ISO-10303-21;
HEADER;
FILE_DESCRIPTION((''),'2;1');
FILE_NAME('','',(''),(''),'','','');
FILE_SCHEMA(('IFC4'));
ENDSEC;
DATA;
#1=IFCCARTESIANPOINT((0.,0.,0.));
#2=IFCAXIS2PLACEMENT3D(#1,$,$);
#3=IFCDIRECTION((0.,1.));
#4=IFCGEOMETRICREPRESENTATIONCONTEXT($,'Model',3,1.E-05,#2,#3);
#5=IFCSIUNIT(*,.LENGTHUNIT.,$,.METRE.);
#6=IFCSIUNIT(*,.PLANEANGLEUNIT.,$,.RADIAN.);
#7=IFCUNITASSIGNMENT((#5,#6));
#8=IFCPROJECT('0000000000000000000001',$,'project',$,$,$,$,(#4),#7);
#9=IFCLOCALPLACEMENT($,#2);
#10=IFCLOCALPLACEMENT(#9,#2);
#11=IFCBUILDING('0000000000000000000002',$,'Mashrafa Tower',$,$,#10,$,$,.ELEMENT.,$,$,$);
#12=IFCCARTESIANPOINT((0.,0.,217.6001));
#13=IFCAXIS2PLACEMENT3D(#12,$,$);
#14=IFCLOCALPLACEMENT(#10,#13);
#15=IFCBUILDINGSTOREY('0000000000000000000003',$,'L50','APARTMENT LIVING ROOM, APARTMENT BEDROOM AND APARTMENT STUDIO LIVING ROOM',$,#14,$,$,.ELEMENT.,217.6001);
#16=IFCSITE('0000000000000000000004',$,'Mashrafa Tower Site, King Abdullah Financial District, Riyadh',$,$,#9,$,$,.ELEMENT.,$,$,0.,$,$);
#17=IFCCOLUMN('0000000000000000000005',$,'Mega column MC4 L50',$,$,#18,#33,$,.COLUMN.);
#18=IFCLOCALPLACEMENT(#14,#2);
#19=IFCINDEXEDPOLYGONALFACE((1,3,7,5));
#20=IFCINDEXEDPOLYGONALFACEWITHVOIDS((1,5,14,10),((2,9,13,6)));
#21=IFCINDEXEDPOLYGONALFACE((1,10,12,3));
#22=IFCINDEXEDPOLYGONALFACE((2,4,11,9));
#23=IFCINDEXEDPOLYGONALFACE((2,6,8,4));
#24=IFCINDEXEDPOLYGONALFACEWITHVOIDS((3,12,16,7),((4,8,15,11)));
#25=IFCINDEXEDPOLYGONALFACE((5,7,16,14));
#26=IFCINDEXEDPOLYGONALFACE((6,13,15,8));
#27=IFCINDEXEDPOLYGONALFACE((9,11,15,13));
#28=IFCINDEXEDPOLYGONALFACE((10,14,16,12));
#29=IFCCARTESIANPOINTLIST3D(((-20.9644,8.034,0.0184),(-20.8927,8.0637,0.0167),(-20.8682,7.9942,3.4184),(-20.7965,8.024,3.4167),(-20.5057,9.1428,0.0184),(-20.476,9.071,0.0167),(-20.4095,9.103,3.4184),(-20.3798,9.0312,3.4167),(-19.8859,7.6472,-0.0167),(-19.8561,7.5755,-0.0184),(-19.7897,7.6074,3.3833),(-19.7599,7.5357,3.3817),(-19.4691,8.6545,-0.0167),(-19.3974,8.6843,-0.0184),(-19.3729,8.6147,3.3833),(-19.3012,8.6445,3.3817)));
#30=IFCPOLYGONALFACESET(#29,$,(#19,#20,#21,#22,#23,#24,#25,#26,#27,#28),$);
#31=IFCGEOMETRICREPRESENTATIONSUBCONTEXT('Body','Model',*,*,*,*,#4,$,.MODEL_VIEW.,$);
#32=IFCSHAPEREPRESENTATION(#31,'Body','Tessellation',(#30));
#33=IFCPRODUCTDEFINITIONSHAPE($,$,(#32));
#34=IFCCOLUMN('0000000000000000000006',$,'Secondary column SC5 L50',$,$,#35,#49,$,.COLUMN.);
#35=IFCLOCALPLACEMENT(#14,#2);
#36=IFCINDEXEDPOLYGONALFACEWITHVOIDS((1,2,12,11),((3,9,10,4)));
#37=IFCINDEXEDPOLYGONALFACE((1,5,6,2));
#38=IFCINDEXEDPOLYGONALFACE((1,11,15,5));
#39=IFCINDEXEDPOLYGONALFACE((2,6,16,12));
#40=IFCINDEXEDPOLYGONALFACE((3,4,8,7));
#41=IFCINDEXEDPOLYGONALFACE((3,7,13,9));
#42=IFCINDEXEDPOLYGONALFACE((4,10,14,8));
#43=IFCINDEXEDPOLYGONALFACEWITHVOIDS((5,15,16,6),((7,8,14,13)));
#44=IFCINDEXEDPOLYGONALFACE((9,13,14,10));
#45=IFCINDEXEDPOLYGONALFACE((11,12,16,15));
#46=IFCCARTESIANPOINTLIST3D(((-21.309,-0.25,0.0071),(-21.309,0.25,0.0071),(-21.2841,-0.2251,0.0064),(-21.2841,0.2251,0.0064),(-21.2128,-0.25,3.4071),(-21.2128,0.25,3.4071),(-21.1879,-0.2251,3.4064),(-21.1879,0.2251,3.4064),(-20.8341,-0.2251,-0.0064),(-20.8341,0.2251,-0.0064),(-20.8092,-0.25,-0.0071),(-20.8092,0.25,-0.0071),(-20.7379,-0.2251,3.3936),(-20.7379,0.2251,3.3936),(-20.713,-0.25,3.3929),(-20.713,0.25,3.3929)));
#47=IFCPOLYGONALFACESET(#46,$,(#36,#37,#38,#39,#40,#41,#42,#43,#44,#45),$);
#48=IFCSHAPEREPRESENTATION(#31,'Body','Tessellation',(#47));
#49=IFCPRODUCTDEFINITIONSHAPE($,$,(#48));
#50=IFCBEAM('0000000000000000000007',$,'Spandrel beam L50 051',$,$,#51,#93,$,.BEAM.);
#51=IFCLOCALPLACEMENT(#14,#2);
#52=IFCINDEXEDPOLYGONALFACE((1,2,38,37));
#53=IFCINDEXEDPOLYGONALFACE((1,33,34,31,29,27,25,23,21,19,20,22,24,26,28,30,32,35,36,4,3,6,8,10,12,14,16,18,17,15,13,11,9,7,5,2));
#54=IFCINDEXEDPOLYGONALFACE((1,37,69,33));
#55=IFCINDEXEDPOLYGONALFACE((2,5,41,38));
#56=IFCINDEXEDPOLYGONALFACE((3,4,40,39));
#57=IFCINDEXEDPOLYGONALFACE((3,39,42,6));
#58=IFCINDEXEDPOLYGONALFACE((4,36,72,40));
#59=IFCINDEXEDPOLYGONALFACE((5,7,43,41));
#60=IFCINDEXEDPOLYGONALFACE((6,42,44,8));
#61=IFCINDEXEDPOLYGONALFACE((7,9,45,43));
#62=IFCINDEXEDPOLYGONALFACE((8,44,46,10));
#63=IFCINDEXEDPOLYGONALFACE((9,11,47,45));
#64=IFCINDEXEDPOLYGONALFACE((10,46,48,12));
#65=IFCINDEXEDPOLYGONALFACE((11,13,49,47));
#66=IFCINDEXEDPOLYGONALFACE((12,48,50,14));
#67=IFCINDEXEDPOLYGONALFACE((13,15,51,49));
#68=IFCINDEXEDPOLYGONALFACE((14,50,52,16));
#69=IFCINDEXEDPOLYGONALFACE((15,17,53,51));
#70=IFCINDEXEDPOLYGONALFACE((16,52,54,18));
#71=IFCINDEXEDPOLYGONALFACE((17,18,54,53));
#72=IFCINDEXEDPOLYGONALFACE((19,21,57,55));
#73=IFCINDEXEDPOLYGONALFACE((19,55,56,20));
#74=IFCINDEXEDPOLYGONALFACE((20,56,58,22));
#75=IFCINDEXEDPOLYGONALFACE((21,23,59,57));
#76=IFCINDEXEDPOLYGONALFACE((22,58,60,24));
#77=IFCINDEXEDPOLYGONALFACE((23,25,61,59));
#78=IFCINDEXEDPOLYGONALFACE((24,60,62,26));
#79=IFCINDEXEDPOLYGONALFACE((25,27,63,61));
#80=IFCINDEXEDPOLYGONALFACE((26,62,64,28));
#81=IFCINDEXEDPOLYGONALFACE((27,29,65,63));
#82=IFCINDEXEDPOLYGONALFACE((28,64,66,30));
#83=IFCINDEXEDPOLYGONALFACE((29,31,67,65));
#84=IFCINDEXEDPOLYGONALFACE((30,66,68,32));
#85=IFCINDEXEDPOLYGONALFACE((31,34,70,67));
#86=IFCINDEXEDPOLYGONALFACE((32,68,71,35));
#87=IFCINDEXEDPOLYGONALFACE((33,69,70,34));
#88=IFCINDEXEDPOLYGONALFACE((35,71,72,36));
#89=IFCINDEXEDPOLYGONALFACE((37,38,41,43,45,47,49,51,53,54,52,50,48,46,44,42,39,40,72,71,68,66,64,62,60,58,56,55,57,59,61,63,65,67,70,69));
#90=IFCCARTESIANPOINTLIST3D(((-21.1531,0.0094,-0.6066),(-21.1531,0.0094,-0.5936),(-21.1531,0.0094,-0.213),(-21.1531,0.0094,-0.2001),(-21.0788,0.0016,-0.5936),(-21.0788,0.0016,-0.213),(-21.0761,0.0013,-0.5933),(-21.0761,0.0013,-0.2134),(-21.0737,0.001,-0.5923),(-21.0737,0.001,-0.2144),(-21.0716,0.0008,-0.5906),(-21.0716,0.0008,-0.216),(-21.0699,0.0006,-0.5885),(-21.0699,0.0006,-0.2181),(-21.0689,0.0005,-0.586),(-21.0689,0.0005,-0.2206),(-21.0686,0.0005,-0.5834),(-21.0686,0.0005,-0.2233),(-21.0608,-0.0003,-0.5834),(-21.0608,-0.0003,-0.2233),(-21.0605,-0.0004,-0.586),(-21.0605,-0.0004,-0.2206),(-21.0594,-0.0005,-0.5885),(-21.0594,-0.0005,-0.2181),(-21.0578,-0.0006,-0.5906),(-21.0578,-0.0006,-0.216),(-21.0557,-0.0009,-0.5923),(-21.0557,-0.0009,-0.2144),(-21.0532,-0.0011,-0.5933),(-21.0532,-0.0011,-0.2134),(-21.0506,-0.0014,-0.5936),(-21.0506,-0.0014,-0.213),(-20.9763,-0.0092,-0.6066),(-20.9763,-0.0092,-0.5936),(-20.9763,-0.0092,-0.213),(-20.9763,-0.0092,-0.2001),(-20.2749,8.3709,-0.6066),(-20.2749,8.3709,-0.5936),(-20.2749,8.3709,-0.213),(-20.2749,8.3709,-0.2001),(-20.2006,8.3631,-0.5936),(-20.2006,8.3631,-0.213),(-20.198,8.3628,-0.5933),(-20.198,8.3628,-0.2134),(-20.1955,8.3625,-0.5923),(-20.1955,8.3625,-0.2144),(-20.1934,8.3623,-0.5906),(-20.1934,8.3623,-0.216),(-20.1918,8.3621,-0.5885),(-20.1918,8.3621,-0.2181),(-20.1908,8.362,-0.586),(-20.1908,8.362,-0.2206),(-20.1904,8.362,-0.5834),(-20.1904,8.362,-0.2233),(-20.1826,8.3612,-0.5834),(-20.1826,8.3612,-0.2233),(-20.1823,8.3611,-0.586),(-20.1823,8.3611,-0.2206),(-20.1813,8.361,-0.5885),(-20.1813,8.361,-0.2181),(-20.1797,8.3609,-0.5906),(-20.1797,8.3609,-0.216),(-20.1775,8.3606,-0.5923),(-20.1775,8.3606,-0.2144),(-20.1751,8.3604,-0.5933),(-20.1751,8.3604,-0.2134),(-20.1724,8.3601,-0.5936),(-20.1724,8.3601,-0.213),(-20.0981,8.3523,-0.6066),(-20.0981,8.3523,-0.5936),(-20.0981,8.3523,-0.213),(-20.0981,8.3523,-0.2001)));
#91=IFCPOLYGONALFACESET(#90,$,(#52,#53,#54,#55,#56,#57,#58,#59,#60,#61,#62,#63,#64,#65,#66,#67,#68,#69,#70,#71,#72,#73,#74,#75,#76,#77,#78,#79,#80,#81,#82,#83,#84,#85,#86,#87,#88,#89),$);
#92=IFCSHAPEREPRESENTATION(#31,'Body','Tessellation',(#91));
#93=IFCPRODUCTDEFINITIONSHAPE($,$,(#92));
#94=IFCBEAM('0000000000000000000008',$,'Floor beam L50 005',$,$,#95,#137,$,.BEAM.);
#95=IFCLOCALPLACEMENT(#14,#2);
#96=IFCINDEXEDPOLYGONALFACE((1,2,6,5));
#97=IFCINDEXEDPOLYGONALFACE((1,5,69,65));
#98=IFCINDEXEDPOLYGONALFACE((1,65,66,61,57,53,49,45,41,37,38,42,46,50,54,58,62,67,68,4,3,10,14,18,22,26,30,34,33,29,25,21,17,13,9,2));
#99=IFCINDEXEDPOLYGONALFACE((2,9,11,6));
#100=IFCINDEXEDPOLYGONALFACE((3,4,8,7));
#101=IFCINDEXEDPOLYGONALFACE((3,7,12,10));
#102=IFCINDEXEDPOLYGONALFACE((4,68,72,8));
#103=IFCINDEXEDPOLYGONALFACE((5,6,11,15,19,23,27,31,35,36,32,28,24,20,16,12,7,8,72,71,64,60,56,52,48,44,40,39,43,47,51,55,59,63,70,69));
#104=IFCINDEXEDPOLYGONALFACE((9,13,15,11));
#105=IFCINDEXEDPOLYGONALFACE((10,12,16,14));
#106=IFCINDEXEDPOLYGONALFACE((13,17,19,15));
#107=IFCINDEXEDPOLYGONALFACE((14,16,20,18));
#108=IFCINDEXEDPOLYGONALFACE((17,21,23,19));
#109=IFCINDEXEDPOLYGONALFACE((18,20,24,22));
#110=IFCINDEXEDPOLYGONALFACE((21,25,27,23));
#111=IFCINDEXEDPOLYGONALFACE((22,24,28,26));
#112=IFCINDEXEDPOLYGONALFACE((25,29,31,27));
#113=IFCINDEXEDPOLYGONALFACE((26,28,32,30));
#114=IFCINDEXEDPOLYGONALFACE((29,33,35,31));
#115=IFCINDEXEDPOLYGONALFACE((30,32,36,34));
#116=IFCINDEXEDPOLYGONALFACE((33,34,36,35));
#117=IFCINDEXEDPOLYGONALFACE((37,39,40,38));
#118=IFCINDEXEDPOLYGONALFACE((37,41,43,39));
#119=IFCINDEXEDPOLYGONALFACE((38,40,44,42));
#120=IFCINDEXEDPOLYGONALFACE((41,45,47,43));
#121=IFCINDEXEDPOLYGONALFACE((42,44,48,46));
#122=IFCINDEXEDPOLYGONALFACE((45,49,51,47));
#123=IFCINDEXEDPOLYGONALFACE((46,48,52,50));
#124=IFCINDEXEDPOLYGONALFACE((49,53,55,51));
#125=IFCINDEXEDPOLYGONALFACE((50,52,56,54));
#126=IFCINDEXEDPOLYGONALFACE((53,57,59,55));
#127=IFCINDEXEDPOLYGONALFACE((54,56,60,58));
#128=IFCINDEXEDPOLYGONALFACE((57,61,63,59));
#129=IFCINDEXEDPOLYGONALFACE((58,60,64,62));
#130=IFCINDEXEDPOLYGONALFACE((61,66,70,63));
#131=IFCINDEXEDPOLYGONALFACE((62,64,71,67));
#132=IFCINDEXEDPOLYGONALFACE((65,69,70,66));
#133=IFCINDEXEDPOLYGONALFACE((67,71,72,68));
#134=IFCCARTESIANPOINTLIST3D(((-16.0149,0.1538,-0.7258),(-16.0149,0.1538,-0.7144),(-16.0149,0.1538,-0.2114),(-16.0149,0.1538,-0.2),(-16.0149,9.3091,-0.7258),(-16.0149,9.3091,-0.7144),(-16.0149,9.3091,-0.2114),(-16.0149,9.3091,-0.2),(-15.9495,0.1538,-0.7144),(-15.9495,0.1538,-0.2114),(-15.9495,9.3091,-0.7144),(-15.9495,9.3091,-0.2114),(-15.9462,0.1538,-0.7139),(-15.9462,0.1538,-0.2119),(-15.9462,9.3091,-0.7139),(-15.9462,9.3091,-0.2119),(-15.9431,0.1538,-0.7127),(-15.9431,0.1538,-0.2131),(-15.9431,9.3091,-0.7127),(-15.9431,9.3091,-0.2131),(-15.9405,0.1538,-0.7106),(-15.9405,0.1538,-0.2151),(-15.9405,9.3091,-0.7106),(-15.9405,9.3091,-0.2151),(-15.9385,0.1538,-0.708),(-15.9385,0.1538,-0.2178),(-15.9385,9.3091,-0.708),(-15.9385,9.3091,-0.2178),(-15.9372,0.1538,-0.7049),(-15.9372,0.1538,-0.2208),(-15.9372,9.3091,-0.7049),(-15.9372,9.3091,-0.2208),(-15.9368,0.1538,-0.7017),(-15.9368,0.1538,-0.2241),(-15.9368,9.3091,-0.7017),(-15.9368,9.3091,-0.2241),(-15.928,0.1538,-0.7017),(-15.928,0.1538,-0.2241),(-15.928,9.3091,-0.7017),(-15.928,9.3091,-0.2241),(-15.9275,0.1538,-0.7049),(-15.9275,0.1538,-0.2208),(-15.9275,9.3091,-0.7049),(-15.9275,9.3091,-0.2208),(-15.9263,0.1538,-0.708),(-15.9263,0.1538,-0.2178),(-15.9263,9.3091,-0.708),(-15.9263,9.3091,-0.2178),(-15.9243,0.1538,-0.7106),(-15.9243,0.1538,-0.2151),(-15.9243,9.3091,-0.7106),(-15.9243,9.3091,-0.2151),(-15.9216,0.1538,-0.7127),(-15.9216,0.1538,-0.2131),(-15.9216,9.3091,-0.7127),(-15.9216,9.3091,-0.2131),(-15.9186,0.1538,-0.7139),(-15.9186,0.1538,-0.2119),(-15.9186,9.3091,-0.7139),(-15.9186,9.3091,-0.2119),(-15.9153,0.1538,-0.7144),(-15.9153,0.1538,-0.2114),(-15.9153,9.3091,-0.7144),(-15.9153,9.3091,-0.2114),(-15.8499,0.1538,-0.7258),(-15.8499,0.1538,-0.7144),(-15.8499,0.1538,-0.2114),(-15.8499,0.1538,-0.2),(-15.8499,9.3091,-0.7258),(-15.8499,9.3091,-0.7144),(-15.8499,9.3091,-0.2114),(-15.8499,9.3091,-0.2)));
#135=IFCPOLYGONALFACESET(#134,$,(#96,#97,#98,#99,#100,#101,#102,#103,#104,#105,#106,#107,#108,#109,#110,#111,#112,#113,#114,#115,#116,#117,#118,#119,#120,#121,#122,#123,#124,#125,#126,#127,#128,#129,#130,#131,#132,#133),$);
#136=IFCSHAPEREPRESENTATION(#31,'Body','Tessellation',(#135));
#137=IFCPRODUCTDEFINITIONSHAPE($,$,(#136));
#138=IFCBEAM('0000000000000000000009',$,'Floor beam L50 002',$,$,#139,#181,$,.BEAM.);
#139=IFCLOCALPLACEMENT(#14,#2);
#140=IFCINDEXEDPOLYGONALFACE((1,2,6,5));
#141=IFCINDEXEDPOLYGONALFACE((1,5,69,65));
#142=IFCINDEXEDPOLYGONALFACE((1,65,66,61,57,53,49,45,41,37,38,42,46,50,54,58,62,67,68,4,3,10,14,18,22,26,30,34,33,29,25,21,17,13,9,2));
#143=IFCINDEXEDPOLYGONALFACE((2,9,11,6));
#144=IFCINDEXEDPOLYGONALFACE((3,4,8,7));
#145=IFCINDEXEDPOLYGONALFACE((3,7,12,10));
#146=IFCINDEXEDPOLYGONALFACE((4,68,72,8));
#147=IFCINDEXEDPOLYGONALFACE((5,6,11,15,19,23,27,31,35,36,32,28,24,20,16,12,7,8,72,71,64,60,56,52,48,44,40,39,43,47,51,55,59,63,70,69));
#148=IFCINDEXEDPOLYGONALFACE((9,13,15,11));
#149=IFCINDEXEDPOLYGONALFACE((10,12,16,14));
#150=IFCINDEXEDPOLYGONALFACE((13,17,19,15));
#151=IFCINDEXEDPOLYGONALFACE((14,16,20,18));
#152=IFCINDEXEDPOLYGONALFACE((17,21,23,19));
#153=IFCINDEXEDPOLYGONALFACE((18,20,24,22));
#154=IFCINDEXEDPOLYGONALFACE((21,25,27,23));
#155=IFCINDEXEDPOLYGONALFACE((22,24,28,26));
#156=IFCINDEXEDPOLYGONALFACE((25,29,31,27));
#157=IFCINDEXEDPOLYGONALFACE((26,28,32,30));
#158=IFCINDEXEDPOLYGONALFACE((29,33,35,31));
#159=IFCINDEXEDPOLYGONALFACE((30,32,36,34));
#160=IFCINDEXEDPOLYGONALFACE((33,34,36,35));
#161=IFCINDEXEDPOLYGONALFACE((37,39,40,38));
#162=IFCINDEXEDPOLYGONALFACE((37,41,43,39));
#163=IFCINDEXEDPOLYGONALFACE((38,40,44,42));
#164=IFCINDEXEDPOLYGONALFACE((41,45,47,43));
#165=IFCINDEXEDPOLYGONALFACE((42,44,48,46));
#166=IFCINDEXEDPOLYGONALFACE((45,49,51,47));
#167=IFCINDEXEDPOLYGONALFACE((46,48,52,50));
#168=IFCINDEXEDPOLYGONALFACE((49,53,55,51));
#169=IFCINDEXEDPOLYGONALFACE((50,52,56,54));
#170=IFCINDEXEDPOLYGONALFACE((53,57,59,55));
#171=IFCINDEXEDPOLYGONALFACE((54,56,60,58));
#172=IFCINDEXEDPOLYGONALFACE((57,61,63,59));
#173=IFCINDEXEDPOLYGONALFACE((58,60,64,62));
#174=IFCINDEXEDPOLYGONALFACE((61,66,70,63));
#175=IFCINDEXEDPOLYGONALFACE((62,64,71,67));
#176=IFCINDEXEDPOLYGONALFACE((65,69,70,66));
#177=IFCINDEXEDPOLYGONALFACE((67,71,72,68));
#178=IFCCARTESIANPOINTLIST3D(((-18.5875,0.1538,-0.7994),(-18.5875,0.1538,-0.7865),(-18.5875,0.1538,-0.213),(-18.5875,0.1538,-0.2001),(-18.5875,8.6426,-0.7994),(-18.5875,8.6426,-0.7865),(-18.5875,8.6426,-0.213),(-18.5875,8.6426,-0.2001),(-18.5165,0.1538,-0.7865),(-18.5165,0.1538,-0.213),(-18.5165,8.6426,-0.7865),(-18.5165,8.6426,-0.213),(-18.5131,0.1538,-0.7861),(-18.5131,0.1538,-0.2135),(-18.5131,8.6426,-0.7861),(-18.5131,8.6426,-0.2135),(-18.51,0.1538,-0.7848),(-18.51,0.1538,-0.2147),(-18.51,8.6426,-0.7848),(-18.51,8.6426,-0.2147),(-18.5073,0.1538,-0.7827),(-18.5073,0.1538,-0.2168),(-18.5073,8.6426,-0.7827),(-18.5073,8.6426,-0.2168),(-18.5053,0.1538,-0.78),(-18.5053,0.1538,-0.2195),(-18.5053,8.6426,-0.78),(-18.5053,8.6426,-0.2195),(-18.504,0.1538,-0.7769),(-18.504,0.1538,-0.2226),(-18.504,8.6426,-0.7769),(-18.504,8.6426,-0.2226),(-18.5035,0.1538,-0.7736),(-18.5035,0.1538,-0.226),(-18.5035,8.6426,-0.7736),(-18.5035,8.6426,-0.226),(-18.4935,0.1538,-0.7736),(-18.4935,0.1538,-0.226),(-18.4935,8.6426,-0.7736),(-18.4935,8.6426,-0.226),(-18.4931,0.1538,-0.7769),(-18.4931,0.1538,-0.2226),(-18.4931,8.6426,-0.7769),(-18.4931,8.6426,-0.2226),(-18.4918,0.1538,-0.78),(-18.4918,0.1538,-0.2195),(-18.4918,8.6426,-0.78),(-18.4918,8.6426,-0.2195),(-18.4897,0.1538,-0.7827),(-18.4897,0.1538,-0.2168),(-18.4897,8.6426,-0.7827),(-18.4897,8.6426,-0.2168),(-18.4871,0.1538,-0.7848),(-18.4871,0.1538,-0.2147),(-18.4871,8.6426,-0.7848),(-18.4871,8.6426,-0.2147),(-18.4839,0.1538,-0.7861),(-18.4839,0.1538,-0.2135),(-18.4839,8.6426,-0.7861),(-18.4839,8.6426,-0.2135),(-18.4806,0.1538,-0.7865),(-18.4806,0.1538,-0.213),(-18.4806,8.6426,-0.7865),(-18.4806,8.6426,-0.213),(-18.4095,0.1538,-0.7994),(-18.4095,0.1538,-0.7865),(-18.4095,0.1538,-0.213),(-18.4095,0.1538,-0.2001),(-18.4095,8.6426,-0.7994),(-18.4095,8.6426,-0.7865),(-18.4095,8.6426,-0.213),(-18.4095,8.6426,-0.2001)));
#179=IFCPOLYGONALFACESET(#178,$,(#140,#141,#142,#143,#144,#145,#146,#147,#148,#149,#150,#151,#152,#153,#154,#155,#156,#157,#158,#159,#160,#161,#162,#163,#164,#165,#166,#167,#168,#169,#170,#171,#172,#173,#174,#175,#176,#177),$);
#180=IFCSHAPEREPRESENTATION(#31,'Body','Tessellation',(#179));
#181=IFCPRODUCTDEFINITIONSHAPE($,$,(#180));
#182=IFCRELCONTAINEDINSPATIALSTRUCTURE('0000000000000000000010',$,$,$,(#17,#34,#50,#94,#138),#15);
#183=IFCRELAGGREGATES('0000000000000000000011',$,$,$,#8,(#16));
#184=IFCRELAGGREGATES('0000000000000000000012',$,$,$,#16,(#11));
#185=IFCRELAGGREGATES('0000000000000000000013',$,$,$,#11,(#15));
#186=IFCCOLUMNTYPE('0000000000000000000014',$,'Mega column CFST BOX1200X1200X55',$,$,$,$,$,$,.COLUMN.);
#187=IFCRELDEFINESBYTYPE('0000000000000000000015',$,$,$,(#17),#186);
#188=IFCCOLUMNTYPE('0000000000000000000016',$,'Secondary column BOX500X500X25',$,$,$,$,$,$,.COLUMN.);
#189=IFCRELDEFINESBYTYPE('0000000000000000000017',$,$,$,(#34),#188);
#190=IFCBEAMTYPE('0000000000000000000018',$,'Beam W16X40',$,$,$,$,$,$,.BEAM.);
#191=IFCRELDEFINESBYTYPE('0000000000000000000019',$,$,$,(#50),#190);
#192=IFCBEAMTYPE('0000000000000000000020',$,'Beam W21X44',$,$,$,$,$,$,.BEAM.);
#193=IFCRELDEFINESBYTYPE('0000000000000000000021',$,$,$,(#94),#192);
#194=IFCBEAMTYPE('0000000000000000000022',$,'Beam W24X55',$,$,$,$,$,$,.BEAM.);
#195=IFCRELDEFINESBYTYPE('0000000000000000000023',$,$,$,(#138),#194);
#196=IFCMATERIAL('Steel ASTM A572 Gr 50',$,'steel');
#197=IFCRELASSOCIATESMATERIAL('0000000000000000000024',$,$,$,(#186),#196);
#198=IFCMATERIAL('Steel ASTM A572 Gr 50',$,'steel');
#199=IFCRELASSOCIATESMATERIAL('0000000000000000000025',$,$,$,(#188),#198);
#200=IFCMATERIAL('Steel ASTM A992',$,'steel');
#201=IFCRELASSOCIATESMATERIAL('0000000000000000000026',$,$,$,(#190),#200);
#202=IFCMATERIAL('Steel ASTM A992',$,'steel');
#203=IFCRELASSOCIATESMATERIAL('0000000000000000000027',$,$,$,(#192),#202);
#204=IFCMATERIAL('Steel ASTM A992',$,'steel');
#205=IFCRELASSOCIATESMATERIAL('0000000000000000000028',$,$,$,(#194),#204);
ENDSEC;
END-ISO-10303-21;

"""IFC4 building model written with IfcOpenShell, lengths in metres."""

from ifc_helpers import new_model, si_unit, direction, frame, origin, origin_2d, place, context, subcontext, project, spatial, hollow_rectangle, i_section, extrude, material, material_profile, profile_set, type_object, element, save


model = new_model("IFC4")

# Units and contexts
model_context = context("Model", 3, precision=1e-05, world=origin(), true_north=direction((0.0, 1.0)))
body_context = subcontext(model_context, "Body", "Model", "MODEL_VIEW")
ifc_project = project(units=[si_unit("LENGTHUNIT", "METRE"), si_unit("PLANEANGLEUNIT", "RADIAN")], contexts=[model_context])

# Site, building, storey
site_placement = place(None, origin())
site = spatial("IfcSite", under=ifc_project, at=site_placement, Name="Mashrafa Tower Site, King Abdullah Financial District, Riyadh", CompositionType="ELEMENT", RefElevation=0.0)
building_placement = place(site_placement, origin())
building = spatial("IfcBuilding", under=site, at=building_placement, Name="Mashrafa Tower", CompositionType="ELEMENT")
storey_placement = place(building_placement, frame((0.0, 0.0, 217.6001)))
storey = spatial("IfcBuildingStorey", under=building, at=storey_placement, Name="L50", Description="APARTMENT LIVING ROOM, APARTMENT BEDROOM AND APARTMENT STUDIO LIVING ROOM", CompositionType="ELEMENT", Elevation=217.6001)

# Columns
ifc_material_1 = material(Name="Steel ASTM A572 Gr 50", Category="steel")
ifc_material_profile_1 = material_profile(ifc_material_1, hollow_rectangle(XDim=1.2, YDim=1.2, WallThickness=0.0549, at=origin_2d()), Name="BOX1200X1200X55")
ifc_profile_set_1 = profile_set([ifc_material_profile_1], Name="Steel ASTM A572 Gr 50")
column_type_1 = type_object("IfcColumnType", Name="Mega column CFST BOX1200X1200X55", PredefinedType="COLUMN", material=ifc_profile_set_1)
column_1_placement = place(storey_placement, frame((-20.1809, 8.3591, 0.0), z_axis=(0.028279, -0.011699, 0.999532), x_axis=(0.382283, 0.924045, 0.0)))
element("IfcColumn", 1, at=column_1_placement, inside=storey, type_object=column_type_1, Name="Mega column MC4 L50", PredefinedType="COLUMN", context=body_context, shape_type="SweptSolid", body=[
    extrude(hollow_rectangle(XDim=1.2, YDim=1.2, WallThickness=0.0549, at=origin_2d()), origin(), (0.0, 0.0, 1.0), 3.4016),
])
ifc_material_2 = material(Name="Steel ASTM A572 Gr 50", Category="steel")
ifc_material_profile_2 = material_profile(ifc_material_2, hollow_rectangle(XDim=0.5, YDim=0.5, WallThickness=0.0249, at=origin_2d()), Name="BOX500X500X25")
ifc_profile_set_2 = profile_set([ifc_material_profile_2], Name="Steel ASTM A572 Gr 50")
column_type_2 = type_object("IfcColumnType", Name="Secondary column BOX500X500X25", PredefinedType="COLUMN", material=ifc_profile_set_2)
column_2_placement = place(storey_placement, frame((-21.0591, 0.0, 0.0), z_axis=(0.028281, 0.0, 0.9996), x_axis=(0.0, 1.0, 0.0)))
element("IfcColumn", 2, at=column_2_placement, inside=storey, type_object=column_type_2, Name="Secondary column SC5 L50", PredefinedType="COLUMN", context=body_context, shape_type="SweptSolid", body=[
    extrude(hollow_rectangle(XDim=0.5, YDim=0.5, WallThickness=0.0249, at=origin_2d()), origin(), (0.0, 0.0, 1.0), 3.4014),
])

# Beams
ifc_material_3 = material(Name="Steel ASTM A992", Category="steel")
ifc_material_profile_3 = material_profile(ifc_material_3, i_section(OverallWidth=0.1777, OverallDepth=0.4065, WebThickness=0.0078, FlangeThickness=0.0129, FilletRadius=0.0103, at=origin_2d()), Name="W16X40")
ifc_profile_set_3 = profile_set([ifc_material_profile_3], Name="Steel ASTM A992")
beam_type_1 = type_object("IfcBeamType", Name="Beam W16X40", PredefinedType="BEAM", material=ifc_profile_set_3)
beam_1_placement = place(storey_placement, frame((-20.1865, 8.3616, -0.4033), z_axis=(-0.10445, -0.99453, 0.0), x_axis=(0.99453, -0.10445, 0.0)))
element("IfcBeam", 3, at=beam_1_placement, inside=storey, type_object=beam_type_1, Name="Spandrel beam L50 051", PredefinedType="BEAM", context=body_context, shape_type="SweptSolid", body=[
    extrude(i_section(OverallWidth=0.1777, OverallDepth=0.4065, WebThickness=0.0078, FlangeThickness=0.0129, FilletRadius=0.0103, at=origin_2d()), origin(), (0.0, 0.0, 1.0), 8.4075),
])
ifc_material_4 = material(Name="Steel ASTM A992", Category="steel")
ifc_material_profile_4 = material_profile(ifc_material_4, i_section(OverallWidth=0.165, OverallDepth=0.5259, WebThickness=0.0088, FlangeThickness=0.0115, FilletRadius=0.0127, at=origin_2d()), Name="W21X44")
ifc_profile_set_4 = profile_set([ifc_material_profile_4], Name="Steel ASTM A992")
beam_type_2 = type_object("IfcBeamType", Name="Beam W21X44", PredefinedType="BEAM", material=ifc_profile_set_4)
beam_2_placement = place(storey_placement, frame((-15.9324, 0.1538, -0.4629), z_axis=(0.0, 1.0, 0.0), x_axis=(-1.0, 0.0, 0.0)))
element("IfcBeam", 4, at=beam_2_placement, inside=storey, type_object=beam_type_2, Name="Floor beam L50 005", PredefinedType="BEAM", context=body_context, shape_type="SweptSolid", body=[
    extrude(i_section(OverallWidth=0.165, OverallDepth=0.5259, WebThickness=0.0088, FlangeThickness=0.0115, FilletRadius=0.0127, at=origin_2d()), origin(), (0.0, 0.0, 1.0), 9.1553),
])
ifc_material_5 = material(Name="Steel ASTM A992", Category="steel")
ifc_material_profile_5 = material_profile(ifc_material_5, i_section(OverallWidth=0.178, OverallDepth=0.5994, WebThickness=0.01, FlangeThickness=0.0129, FilletRadius=0.0129, at=origin_2d()), Name="W24X55")
ifc_profile_set_5 = profile_set([ifc_material_profile_5], Name="Steel ASTM A992")
beam_type_3 = type_object("IfcBeamType", Name="Beam W24X55", PredefinedType="BEAM", material=ifc_profile_set_5)
beam_3_placement = place(storey_placement, frame((-18.4985, 0.1538, -0.4998), z_axis=(0.0, 1.0, 0.0), x_axis=(-1.0, 0.0, 0.0)))
element("IfcBeam", 5, at=beam_3_placement, inside=storey, type_object=beam_type_3, Name="Floor beam L50 002", PredefinedType="BEAM", context=body_context, shape_type="SweptSolid", body=[
    extrude(i_section(OverallWidth=0.178, OverallDepth=0.5994, WebThickness=0.01, FlangeThickness=0.0129, FilletRadius=0.0129, at=origin_2d()), origin(), (0.0, 0.0, 1.0), 8.4888),
])

save(model, "model.ifc")
